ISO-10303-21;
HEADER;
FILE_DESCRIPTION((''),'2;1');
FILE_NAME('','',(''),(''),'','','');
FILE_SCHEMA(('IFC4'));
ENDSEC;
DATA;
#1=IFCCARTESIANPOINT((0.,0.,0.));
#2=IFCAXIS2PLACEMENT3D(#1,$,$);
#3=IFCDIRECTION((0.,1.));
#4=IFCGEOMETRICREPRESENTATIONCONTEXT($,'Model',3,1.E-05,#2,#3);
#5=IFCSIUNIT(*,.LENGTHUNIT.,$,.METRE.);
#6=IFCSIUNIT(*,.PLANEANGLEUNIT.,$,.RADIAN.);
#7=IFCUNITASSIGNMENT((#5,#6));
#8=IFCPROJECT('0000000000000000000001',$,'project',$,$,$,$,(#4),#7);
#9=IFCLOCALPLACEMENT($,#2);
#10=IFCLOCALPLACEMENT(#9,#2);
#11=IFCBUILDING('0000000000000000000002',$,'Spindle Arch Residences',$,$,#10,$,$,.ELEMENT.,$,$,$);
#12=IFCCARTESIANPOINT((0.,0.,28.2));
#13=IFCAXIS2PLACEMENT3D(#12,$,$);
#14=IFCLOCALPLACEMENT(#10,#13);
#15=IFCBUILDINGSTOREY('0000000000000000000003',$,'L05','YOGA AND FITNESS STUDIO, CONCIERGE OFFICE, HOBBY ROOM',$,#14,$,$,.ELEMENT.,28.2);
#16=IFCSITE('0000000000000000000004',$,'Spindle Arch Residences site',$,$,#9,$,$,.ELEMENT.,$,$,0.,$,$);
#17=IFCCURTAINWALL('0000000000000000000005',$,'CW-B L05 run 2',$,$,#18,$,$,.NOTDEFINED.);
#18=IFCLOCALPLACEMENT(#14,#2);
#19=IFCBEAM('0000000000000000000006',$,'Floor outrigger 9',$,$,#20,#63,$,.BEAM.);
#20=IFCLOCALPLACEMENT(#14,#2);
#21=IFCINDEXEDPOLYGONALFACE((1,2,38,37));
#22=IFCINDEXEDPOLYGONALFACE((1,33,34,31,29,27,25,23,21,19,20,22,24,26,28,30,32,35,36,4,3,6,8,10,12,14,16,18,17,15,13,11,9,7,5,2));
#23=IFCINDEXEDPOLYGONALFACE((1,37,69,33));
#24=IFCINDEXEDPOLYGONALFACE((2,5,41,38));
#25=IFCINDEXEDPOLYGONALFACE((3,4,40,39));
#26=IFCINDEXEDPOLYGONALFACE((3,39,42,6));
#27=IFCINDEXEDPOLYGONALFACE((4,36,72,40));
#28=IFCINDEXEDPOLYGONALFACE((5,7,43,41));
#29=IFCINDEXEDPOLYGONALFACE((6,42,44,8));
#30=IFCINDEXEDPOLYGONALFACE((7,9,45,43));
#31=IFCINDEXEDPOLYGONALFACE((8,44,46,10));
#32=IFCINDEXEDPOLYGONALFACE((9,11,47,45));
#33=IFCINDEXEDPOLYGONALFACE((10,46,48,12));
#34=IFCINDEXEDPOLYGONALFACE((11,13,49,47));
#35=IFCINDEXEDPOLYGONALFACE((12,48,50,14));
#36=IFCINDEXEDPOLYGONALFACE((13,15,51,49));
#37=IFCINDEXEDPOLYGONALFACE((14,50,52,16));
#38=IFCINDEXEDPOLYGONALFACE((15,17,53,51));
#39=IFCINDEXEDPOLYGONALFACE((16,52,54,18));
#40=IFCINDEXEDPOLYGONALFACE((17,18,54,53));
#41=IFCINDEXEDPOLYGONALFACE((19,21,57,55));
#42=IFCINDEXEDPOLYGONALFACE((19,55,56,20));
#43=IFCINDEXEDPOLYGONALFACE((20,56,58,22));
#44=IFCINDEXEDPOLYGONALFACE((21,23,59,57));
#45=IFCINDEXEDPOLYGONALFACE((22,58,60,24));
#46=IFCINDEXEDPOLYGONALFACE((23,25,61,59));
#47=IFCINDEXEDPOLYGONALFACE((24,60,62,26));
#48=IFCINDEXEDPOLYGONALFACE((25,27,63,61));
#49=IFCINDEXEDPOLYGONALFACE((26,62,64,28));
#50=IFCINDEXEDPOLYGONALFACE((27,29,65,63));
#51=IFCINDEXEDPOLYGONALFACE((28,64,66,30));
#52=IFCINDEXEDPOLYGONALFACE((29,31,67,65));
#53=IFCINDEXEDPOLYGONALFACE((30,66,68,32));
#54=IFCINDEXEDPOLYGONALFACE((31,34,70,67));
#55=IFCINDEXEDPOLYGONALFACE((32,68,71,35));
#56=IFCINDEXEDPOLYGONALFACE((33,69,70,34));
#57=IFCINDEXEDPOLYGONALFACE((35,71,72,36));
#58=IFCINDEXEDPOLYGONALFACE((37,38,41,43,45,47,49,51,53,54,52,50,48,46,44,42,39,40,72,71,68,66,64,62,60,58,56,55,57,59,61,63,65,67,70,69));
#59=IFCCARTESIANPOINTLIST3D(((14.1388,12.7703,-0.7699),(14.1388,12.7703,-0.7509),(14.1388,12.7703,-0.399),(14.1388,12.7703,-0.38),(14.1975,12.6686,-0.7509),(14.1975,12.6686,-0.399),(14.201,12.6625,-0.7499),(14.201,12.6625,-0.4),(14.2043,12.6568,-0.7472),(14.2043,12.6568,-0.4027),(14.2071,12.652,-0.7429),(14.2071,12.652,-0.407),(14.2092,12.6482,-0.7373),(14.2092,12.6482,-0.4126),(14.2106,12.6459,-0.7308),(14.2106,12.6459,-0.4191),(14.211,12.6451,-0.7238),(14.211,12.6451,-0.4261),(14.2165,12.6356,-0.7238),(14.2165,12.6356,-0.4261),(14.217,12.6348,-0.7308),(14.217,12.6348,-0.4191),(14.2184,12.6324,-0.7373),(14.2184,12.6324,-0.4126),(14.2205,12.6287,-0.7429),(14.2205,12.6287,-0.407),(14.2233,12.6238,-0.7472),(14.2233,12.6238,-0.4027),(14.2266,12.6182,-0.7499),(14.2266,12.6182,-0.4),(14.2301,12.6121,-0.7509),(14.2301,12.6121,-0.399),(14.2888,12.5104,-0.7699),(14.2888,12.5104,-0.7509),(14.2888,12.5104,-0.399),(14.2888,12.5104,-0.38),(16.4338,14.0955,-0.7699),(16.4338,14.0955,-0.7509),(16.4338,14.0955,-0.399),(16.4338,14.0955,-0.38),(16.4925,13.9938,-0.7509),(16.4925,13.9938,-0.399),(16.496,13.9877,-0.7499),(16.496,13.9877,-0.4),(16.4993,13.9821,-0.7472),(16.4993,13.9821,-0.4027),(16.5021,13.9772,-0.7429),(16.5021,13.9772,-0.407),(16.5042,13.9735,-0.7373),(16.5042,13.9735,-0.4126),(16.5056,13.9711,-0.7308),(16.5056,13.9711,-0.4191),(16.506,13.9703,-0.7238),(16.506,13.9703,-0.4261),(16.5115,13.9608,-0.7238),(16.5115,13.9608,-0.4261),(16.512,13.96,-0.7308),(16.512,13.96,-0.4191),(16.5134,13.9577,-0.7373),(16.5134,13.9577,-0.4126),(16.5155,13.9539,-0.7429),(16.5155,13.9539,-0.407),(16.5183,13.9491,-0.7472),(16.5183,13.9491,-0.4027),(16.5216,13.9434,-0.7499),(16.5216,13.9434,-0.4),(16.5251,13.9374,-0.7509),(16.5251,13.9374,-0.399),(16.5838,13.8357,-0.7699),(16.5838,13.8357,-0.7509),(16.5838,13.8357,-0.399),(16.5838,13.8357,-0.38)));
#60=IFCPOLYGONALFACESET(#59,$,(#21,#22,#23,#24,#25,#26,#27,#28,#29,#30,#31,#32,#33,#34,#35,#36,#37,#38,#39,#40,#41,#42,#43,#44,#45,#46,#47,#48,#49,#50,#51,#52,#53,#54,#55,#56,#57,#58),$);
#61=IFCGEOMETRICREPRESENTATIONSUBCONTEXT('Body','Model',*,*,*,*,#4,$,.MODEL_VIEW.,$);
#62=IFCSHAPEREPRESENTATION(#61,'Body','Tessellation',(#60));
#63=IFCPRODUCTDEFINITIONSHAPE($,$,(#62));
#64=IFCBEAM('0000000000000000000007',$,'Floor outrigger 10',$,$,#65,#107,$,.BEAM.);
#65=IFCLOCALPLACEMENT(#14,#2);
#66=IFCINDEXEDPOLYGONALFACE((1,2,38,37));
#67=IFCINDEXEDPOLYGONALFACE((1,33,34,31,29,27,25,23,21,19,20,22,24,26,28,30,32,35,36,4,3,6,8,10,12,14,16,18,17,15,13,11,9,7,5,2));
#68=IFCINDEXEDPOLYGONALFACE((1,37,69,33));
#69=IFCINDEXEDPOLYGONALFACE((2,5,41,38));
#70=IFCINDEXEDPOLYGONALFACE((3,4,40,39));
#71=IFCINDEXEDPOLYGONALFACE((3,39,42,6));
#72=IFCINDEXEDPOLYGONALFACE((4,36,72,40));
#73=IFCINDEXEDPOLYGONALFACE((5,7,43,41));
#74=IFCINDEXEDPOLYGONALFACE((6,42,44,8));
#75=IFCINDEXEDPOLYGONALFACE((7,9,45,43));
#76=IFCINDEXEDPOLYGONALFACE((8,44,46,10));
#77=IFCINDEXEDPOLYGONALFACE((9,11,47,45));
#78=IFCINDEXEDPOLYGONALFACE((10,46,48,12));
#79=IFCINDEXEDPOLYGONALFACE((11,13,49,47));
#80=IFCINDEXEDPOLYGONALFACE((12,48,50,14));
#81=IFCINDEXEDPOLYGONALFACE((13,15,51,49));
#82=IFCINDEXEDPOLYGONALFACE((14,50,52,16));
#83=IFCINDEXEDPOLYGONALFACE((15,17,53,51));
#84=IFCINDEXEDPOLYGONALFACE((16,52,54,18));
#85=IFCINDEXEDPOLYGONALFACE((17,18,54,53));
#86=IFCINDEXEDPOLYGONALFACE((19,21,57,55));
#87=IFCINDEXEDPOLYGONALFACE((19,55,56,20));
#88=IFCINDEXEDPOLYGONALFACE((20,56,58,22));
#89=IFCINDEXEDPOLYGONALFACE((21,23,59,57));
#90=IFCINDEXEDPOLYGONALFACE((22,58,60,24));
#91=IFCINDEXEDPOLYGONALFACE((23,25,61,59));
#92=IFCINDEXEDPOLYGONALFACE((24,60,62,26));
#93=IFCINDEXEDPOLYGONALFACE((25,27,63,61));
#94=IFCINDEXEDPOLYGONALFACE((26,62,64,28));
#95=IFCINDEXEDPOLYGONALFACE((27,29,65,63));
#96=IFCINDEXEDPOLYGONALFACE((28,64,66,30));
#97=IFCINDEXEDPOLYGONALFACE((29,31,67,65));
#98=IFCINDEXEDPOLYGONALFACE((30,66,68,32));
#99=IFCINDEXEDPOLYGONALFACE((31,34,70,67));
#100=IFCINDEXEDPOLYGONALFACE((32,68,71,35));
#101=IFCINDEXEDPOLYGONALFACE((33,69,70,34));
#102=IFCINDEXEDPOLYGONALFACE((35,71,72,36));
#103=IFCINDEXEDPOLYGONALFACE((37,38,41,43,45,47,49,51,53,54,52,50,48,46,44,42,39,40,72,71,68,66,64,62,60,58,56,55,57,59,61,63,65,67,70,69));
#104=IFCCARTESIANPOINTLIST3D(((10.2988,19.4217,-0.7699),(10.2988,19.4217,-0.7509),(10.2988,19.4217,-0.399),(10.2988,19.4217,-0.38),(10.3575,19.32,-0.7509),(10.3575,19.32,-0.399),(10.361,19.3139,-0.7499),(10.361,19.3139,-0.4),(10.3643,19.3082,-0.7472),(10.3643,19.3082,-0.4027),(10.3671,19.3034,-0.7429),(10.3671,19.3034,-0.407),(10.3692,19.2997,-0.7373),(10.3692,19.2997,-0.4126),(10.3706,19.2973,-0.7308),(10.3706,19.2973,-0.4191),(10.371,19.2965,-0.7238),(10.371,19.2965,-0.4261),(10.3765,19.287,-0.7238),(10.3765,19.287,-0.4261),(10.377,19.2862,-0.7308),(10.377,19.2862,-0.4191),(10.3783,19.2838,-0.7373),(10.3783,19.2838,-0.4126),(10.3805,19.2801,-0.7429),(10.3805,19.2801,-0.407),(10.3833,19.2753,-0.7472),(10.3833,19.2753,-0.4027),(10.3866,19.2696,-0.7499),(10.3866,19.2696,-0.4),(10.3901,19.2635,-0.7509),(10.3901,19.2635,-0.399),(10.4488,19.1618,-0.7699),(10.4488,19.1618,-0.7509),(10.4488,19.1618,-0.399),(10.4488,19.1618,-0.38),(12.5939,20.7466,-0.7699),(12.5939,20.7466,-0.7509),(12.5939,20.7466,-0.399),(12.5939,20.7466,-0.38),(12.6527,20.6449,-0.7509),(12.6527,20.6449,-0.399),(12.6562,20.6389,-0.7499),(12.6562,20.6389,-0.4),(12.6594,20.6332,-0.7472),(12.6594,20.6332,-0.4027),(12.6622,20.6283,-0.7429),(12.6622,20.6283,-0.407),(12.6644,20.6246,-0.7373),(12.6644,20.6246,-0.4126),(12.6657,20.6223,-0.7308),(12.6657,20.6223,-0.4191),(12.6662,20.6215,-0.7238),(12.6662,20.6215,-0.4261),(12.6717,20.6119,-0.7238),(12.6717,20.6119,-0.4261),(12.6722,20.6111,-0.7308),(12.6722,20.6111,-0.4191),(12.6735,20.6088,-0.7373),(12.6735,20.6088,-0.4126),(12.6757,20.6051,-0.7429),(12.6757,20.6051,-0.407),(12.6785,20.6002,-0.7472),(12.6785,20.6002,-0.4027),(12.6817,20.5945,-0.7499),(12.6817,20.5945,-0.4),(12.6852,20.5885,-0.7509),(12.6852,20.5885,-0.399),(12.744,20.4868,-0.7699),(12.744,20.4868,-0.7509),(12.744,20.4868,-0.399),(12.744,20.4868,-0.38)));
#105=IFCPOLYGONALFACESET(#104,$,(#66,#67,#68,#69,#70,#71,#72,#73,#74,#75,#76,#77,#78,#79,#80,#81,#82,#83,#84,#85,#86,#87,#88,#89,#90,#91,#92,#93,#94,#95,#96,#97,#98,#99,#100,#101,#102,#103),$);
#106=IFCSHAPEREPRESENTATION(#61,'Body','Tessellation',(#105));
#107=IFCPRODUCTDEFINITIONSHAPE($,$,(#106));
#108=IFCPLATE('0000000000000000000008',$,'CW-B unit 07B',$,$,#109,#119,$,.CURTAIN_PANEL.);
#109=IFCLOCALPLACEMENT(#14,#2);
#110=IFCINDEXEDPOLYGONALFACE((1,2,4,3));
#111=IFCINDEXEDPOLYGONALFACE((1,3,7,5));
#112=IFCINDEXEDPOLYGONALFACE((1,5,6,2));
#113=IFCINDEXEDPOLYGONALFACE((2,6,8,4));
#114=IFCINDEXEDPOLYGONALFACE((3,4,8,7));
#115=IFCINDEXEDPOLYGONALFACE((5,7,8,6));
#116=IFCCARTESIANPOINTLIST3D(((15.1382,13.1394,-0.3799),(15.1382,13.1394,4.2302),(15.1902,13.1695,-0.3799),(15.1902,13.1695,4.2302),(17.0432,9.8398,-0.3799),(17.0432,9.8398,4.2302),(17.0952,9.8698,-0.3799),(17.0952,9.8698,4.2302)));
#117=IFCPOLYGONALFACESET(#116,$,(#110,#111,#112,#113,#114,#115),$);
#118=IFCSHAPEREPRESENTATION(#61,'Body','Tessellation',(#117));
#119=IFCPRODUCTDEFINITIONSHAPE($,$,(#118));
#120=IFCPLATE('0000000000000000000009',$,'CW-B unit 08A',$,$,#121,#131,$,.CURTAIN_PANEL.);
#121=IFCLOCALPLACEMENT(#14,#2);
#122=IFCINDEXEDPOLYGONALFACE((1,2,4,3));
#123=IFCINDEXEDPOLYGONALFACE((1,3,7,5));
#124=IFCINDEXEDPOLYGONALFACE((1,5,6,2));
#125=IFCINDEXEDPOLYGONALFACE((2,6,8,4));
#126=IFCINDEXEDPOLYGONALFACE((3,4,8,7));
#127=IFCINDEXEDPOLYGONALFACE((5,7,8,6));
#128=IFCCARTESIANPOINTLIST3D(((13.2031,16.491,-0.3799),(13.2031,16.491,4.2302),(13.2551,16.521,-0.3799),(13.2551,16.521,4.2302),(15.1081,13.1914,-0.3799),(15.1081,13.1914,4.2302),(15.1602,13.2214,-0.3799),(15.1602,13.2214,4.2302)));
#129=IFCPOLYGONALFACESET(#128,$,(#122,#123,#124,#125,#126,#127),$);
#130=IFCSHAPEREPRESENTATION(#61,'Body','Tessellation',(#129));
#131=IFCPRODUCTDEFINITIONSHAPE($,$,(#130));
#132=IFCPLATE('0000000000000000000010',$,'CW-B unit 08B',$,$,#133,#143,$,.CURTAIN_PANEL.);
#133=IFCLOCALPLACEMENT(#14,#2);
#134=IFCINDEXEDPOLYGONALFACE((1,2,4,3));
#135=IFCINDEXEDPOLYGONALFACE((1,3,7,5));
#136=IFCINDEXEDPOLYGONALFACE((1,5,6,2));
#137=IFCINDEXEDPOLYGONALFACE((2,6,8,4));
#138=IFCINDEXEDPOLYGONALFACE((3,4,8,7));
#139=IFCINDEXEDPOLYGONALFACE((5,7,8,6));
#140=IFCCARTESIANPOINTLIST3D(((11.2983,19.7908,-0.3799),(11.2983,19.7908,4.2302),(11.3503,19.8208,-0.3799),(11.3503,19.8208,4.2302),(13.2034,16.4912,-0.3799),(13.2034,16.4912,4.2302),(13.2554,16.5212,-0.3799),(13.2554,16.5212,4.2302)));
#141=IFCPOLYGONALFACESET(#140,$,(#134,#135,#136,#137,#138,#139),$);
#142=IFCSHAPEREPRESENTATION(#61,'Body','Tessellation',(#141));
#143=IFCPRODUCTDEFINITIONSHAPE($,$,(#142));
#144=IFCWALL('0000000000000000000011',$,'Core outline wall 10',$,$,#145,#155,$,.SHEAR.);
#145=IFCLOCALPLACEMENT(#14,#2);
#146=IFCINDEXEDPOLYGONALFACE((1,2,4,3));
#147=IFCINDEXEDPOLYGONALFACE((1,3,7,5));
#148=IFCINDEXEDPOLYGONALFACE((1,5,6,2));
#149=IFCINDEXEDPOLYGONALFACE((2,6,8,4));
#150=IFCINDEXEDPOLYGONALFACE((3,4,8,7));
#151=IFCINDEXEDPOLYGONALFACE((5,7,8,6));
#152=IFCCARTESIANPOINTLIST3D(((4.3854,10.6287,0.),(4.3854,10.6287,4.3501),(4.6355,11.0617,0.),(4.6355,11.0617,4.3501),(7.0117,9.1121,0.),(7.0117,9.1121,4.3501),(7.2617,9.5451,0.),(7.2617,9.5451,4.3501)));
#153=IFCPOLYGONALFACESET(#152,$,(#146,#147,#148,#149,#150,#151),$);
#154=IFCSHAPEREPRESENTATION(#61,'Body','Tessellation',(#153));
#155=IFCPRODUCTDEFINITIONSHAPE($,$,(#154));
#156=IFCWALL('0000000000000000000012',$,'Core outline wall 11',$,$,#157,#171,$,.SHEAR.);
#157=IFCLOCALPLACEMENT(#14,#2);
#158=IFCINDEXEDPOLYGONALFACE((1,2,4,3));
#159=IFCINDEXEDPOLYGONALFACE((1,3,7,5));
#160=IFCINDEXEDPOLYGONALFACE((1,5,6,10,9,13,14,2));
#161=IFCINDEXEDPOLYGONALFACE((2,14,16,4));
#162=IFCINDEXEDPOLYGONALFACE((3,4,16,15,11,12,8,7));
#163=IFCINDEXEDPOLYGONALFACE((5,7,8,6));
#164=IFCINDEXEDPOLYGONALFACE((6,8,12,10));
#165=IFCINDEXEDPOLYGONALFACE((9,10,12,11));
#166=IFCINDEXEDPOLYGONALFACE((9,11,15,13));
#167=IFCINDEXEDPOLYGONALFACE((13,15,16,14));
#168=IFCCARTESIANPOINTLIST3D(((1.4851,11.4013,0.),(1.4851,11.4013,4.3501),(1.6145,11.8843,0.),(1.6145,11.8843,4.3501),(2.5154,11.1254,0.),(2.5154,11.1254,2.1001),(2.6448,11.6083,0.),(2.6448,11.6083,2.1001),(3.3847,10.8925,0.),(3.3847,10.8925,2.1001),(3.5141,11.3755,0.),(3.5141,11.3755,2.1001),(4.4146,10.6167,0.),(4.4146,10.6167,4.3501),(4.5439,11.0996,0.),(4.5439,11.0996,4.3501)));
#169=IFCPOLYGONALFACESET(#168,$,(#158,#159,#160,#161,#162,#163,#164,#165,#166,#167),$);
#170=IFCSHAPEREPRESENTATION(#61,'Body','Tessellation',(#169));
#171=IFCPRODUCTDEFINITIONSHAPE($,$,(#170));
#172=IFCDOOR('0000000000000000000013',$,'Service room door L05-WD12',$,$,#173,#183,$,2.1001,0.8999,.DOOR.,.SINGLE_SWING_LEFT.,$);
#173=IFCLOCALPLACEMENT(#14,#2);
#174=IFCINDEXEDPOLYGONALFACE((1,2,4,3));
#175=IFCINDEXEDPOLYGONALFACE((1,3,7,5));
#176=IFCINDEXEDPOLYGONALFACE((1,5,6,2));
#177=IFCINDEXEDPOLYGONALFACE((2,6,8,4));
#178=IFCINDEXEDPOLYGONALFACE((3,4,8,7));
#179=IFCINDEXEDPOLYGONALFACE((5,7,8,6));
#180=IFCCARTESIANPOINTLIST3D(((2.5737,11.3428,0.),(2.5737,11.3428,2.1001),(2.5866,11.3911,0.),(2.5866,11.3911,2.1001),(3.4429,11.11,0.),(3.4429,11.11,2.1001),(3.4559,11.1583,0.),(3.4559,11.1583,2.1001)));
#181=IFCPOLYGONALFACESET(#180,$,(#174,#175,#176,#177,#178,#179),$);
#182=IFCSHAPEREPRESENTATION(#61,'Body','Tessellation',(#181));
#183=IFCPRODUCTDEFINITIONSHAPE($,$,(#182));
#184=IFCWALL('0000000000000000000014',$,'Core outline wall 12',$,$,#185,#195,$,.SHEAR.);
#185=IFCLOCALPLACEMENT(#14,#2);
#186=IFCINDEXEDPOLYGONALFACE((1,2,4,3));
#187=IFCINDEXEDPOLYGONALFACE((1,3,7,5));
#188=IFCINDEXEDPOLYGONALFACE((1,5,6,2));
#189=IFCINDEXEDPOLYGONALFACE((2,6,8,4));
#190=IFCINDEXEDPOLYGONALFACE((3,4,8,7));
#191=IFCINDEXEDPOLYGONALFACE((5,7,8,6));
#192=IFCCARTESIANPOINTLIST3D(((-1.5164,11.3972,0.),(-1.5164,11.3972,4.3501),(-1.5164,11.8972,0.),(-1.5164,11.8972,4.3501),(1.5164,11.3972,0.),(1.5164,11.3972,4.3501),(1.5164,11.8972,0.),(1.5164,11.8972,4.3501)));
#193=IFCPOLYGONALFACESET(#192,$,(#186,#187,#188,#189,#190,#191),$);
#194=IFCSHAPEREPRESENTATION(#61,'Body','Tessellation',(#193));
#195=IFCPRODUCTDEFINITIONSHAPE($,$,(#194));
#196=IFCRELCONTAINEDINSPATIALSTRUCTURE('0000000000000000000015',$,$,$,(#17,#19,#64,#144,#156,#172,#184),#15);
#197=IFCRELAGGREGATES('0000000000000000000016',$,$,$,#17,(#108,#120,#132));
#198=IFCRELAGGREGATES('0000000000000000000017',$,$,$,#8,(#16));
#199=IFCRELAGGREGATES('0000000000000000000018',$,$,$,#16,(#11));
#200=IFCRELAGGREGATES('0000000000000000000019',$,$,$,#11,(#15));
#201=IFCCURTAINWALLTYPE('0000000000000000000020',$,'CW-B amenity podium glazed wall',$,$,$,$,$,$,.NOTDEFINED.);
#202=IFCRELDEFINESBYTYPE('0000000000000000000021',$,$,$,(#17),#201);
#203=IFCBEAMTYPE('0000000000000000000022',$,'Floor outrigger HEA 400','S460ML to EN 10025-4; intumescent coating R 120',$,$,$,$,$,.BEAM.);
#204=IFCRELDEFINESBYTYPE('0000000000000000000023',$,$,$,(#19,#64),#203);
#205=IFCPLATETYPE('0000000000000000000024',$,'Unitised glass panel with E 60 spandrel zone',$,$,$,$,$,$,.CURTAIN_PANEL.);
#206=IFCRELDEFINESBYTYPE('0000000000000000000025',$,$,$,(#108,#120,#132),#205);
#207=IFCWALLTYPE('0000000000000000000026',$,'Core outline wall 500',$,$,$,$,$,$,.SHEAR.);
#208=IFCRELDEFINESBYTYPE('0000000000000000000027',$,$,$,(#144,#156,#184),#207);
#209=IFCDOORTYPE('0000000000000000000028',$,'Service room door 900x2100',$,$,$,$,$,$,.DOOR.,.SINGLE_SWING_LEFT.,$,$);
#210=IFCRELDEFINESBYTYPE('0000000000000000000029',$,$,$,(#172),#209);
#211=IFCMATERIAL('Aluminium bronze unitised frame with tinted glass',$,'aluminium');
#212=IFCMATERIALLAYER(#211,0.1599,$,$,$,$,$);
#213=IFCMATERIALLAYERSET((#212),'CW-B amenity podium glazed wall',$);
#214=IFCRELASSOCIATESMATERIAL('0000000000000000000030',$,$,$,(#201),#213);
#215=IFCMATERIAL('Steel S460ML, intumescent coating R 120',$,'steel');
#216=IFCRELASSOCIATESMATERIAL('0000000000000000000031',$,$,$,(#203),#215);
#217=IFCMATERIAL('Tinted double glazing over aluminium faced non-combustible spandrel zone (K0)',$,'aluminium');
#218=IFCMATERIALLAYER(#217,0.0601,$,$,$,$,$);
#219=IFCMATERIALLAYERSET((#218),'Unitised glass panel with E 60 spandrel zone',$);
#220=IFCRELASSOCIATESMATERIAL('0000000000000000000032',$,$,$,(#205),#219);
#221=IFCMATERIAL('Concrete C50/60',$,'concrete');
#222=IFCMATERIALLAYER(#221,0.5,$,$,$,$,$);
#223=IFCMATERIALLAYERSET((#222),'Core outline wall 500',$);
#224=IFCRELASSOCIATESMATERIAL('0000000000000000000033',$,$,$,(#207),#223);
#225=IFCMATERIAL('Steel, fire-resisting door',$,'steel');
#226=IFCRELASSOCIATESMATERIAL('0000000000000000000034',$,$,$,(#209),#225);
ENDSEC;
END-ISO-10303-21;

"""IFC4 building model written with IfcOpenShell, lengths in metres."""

from ifc_helpers import new_model, si_unit, direction, frame, frame_2d, origin, origin_2d, place, context, subcontext, project, spatial, rectangle, i_section, extrude, material, layer, layer_set, material_profile, profile_set, type_object, element, fill, aggregate, save


model = new_model("IFC4")

# Units and contexts
model_context = context("Model", 3, precision=1e-05, world=origin(), true_north=direction((0.0, 1.0)))
body_context = subcontext(model_context, "Body", "Model", "MODEL_VIEW")
ifc_project = project(units=[si_unit("LENGTHUNIT", "METRE"), si_unit("PLANEANGLEUNIT", "RADIAN")], contexts=[model_context])

# Site, building, storey
site_placement = place(None, origin())
site = spatial("IfcSite", under=ifc_project, at=site_placement, Name="Spindle Arch Residences site", CompositionType="ELEMENT", RefElevation=0.0)
building_placement = place(site_placement, origin())
building = spatial("IfcBuilding", under=site, at=building_placement, Name="Spindle Arch Residences", CompositionType="ELEMENT")
storey_placement = place(building_placement, frame((0.0, 0.0, 28.2)))
storey = spatial("IfcBuildingStorey", under=building, at=storey_placement, Name="L05", Description="YOGA AND FITNESS STUDIO, CONCIERGE OFFICE, HOBBY ROOM", CompositionType="ELEMENT", Elevation=28.2)

# Curtain wall
ifc_material_1 = material(Name="Aluminium bronze unitised frame with tinted glass", Category="aluminium")
ifc_layer_1 = layer(ifc_material_1, 0.1599)
ifc_layer_set_1 = layer_set([ifc_layer_1], Name="CW-B amenity podium glazed wall")
curtain_wall_type = type_object("IfcCurtainWallType", Name="CW-B amenity podium glazed wall", PredefinedType="NOTDEFINED", material=ifc_layer_set_1)
curtain_wall_placement = place(storey_placement, origin())
curtain_wall = element("IfcCurtainWall", 1, at=curtain_wall_placement, inside=storey, type_object=curtain_wall_type, Name="CW-B L05 run 2", PredefinedType="NOTDEFINED")

# Beams
ifc_material_2 = material(Name="Steel S460ML, intumescent coating R 120", Category="steel")
ifc_material_profile_1 = material_profile(ifc_material_2, i_section(OverallWidth=0.3, OverallDepth=0.3899, WebThickness=0.011, FlangeThickness=0.019, FilletRadius=0.0271, at=origin_2d()), Name="HEA 400")
ifc_profile_set_1 = profile_set([ifc_material_profile_1], Name="Steel S460ML, intumescent coating R 120")
beam_type_1 = type_object("IfcBeamType", Name="Floor outrigger HEA 400", Description="S460ML to EN 10025-4; intumescent coating R 120", PredefinedType="BEAM", material=ifc_profile_set_1)
for number, where, z_axis, x_axis, name in (
    (2, (16.5088, 13.9656, -0.575), (-0.865989, -0.500063, 0.0), (0.500063, -0.865989, 0.0), "Floor outrigger 9"),
    (3, (12.6689, 20.6167, -0.575), (-0.866052, -0.499954, 0.0), (0.499954, -0.866052, 0.0), "Floor outrigger 10"),
):
    element("IfcBeam", number, at=place(storey_placement, frame(where, z_axis=z_axis, x_axis=x_axis)), inside=storey, type_object=beam_type_1, Name=name, PredefinedType="BEAM", context=body_context, shape_type="SweptSolid", body=[
        extrude(i_section(OverallWidth=0.3, OverallDepth=0.3899, WebThickness=0.011, FlangeThickness=0.019, FilletRadius=0.0271, at=origin_2d()), origin(), (0.0, 0.0, 1.0), 2.6501),
    ])

# Plates
ifc_material_3 = material(Name="Tinted double glazing over aluminium faced non-combustible spandrel zone (K0)", Category="aluminium")
ifc_layer_2 = layer(ifc_material_3, 0.0601)
ifc_layer_set_2 = layer_set([ifc_layer_2], Name="Unitised glass panel with E 60 spandrel zone")
plate_type = type_object("IfcPlateType", Name="Unitised glass panel with E 60 spandrel zone", PredefinedType="CURTAIN_PANEL", material=ifc_layer_set_2)
plate_1_placement = place(storey_placement, frame((16.1167, 11.5046, -0.3799), z_axis=(0.0, 0.0, 1.0), x_axis=(-0.5, 0.866025, 0.0)))
plate_1 = element("IfcPlate", 4, at=plate_1_placement, type_object=plate_type, Name="CW-B unit 07B", PredefinedType="CURTAIN_PANEL", context=body_context, shape_type="SweptSolid", body=[
    extrude(rectangle(XDim=3.8101, YDim=0.0601, at=origin_2d()), origin(), (0.0, 0.0, 1.0), 4.6101),
])
plate_2_placement = place(storey_placement, frame((14.1816, 14.8562, -0.3799), z_axis=(0.0, 0.0, 1.0), x_axis=(-0.5, 0.866025, 0.0)))
plate_2 = element("IfcPlate", 5, at=plate_2_placement, type_object=plate_type, Name="CW-B unit 08A", PredefinedType="CURTAIN_PANEL", context=body_context, shape_type="SweptSolid", body=[
    extrude(rectangle(XDim=3.8101, YDim=0.0601, at=origin_2d()), origin(), (0.0, 0.0, 1.0), 4.6101),
])
plate_3_placement = place(storey_placement, frame((12.2769, 18.156, -0.3799), z_axis=(0.0, 0.0, 1.0), x_axis=(-0.5, 0.866025, 0.0)))
plate_3 = element("IfcPlate", 6, at=plate_3_placement, type_object=plate_type, Name="CW-B unit 08B", PredefinedType="CURTAIN_PANEL", context=body_context, shape_type="SweptSolid", body=[
    extrude(rectangle(XDim=3.8101, YDim=0.0601, at=origin_2d()), origin(), (0.0, 0.0, 1.0), 4.6101),
])
aggregate(curtain_wall, [plate_1, plate_2, plate_3])

# Wall
ifc_material_4 = material(Name="Concrete C50/60", Category="concrete")
ifc_layer_3 = layer(ifc_material_4, 0.5)
ifc_layer_set_3 = layer_set([ifc_layer_3], Name="Core outline wall 500")
wall_type_1 = type_object("IfcWallType", Name="Core outline wall 500", PredefinedType="SHEAR", material=ifc_layer_set_3)
wall_1_placement = place(storey_placement, frame((7.1367, 9.3286, 0.0), z_axis=(0.0, 0.0, 1.0), x_axis=(-0.865975, 0.500087, 0.0)))
element("IfcWall", 7, at=wall_1_placement, inside=storey, type_object=wall_type_1, Name="Core outline wall 10", PredefinedType="SHEAR", context=body_context, shape_type="SweptSolid", body=[
    extrude(rectangle(XDim=3.0327, YDim=0.5, at=frame_2d((1.5164, 0.0))), origin(), (0.0, 0.0, 1.0), 4.3501),
])

# Wall, opening, door
wall_2_placement = place(storey_placement, frame((4.4792, 10.8582, 0.0), z_axis=(0.0, 0.0, 1.0), x_axis=(-0.965948, 0.258735, 0.0)))
wall_2 = element("IfcWall", 8, at=wall_2_placement, inside=storey, type_object=wall_type_1, Name="Core outline wall 11", PredefinedType="SHEAR", context=body_context, shape_type="SweptSolid", body=[
    extrude(rectangle(XDim=3.0327, YDim=0.5, at=frame_2d((1.5164, 0.0))), origin(), (0.0, 0.0, 1.0), 4.3501),
])
opening_1_placement = place(wall_2_placement, frame((1.0662, 0.0, 0.0)))
opening_1 = element("IfcOpeningElement", 9, at=opening_1_placement, cuts=wall_2, PredefinedType="OPENING", context=body_context, shape_type="SweptSolid", body=[
    extrude(rectangle(XDim=0.8999, YDim=2.1001, at=frame_2d((0.45, 1.05))), frame((0.0, 0.26, 0.0), z_axis=(0.0, -1.0, 0.0), x_axis=(1.0, 0.0, 0.0)), (0.0, 0.0, 1.0), 0.52),
])
ifc_material_5 = material(Name="Steel, fire-resisting door", Category="steel")
door_type_1 = type_object("IfcDoorType", Name="Service room door 900x2100", OperationType="SINGLE_SWING_LEFT", PredefinedType="DOOR", material=ifc_material_5)
door_1_placement = place(opening_1_placement, origin())
door_1 = element("IfcDoor", 10, at=door_1_placement, inside=storey, type_object=door_type_1, Name="Service room door L05-WD12", OperationType="SINGLE_SWING_LEFT", OverallHeight=2.1001, OverallWidth=0.8999, PredefinedType="DOOR", context=body_context, shape_type="SweptSolid", body=[
    extrude(rectangle(XDim=0.8999, YDim=2.1001, at=frame_2d((0.45, 1.05))), frame((0.0, 0.0249, 0.0), z_axis=(0.0, -1.0, 0.0), x_axis=(1.0, 0.0, 0.0)), (0.0, 0.0, 1.0), 0.05),
])
fill(opening_1, door_1)

# Wall
wall_3_placement = place(storey_placement, frame((1.5164, 11.6472, 0.0), z_axis=(0.0, 0.0, 1.0), x_axis=(-1.0, 0.0, 0.0)))
element("IfcWall", 11, at=wall_3_placement, inside=storey, type_object=wall_type_1, Name="Core outline wall 12", PredefinedType="SHEAR", context=body_context, shape_type="SweptSolid", body=[
    extrude(rectangle(XDim=3.0327, YDim=0.5, at=frame_2d((1.5164, 0.0))), origin(), (0.0, 0.0, 1.0), 4.3501),
])

save(model, "model.ifc")
